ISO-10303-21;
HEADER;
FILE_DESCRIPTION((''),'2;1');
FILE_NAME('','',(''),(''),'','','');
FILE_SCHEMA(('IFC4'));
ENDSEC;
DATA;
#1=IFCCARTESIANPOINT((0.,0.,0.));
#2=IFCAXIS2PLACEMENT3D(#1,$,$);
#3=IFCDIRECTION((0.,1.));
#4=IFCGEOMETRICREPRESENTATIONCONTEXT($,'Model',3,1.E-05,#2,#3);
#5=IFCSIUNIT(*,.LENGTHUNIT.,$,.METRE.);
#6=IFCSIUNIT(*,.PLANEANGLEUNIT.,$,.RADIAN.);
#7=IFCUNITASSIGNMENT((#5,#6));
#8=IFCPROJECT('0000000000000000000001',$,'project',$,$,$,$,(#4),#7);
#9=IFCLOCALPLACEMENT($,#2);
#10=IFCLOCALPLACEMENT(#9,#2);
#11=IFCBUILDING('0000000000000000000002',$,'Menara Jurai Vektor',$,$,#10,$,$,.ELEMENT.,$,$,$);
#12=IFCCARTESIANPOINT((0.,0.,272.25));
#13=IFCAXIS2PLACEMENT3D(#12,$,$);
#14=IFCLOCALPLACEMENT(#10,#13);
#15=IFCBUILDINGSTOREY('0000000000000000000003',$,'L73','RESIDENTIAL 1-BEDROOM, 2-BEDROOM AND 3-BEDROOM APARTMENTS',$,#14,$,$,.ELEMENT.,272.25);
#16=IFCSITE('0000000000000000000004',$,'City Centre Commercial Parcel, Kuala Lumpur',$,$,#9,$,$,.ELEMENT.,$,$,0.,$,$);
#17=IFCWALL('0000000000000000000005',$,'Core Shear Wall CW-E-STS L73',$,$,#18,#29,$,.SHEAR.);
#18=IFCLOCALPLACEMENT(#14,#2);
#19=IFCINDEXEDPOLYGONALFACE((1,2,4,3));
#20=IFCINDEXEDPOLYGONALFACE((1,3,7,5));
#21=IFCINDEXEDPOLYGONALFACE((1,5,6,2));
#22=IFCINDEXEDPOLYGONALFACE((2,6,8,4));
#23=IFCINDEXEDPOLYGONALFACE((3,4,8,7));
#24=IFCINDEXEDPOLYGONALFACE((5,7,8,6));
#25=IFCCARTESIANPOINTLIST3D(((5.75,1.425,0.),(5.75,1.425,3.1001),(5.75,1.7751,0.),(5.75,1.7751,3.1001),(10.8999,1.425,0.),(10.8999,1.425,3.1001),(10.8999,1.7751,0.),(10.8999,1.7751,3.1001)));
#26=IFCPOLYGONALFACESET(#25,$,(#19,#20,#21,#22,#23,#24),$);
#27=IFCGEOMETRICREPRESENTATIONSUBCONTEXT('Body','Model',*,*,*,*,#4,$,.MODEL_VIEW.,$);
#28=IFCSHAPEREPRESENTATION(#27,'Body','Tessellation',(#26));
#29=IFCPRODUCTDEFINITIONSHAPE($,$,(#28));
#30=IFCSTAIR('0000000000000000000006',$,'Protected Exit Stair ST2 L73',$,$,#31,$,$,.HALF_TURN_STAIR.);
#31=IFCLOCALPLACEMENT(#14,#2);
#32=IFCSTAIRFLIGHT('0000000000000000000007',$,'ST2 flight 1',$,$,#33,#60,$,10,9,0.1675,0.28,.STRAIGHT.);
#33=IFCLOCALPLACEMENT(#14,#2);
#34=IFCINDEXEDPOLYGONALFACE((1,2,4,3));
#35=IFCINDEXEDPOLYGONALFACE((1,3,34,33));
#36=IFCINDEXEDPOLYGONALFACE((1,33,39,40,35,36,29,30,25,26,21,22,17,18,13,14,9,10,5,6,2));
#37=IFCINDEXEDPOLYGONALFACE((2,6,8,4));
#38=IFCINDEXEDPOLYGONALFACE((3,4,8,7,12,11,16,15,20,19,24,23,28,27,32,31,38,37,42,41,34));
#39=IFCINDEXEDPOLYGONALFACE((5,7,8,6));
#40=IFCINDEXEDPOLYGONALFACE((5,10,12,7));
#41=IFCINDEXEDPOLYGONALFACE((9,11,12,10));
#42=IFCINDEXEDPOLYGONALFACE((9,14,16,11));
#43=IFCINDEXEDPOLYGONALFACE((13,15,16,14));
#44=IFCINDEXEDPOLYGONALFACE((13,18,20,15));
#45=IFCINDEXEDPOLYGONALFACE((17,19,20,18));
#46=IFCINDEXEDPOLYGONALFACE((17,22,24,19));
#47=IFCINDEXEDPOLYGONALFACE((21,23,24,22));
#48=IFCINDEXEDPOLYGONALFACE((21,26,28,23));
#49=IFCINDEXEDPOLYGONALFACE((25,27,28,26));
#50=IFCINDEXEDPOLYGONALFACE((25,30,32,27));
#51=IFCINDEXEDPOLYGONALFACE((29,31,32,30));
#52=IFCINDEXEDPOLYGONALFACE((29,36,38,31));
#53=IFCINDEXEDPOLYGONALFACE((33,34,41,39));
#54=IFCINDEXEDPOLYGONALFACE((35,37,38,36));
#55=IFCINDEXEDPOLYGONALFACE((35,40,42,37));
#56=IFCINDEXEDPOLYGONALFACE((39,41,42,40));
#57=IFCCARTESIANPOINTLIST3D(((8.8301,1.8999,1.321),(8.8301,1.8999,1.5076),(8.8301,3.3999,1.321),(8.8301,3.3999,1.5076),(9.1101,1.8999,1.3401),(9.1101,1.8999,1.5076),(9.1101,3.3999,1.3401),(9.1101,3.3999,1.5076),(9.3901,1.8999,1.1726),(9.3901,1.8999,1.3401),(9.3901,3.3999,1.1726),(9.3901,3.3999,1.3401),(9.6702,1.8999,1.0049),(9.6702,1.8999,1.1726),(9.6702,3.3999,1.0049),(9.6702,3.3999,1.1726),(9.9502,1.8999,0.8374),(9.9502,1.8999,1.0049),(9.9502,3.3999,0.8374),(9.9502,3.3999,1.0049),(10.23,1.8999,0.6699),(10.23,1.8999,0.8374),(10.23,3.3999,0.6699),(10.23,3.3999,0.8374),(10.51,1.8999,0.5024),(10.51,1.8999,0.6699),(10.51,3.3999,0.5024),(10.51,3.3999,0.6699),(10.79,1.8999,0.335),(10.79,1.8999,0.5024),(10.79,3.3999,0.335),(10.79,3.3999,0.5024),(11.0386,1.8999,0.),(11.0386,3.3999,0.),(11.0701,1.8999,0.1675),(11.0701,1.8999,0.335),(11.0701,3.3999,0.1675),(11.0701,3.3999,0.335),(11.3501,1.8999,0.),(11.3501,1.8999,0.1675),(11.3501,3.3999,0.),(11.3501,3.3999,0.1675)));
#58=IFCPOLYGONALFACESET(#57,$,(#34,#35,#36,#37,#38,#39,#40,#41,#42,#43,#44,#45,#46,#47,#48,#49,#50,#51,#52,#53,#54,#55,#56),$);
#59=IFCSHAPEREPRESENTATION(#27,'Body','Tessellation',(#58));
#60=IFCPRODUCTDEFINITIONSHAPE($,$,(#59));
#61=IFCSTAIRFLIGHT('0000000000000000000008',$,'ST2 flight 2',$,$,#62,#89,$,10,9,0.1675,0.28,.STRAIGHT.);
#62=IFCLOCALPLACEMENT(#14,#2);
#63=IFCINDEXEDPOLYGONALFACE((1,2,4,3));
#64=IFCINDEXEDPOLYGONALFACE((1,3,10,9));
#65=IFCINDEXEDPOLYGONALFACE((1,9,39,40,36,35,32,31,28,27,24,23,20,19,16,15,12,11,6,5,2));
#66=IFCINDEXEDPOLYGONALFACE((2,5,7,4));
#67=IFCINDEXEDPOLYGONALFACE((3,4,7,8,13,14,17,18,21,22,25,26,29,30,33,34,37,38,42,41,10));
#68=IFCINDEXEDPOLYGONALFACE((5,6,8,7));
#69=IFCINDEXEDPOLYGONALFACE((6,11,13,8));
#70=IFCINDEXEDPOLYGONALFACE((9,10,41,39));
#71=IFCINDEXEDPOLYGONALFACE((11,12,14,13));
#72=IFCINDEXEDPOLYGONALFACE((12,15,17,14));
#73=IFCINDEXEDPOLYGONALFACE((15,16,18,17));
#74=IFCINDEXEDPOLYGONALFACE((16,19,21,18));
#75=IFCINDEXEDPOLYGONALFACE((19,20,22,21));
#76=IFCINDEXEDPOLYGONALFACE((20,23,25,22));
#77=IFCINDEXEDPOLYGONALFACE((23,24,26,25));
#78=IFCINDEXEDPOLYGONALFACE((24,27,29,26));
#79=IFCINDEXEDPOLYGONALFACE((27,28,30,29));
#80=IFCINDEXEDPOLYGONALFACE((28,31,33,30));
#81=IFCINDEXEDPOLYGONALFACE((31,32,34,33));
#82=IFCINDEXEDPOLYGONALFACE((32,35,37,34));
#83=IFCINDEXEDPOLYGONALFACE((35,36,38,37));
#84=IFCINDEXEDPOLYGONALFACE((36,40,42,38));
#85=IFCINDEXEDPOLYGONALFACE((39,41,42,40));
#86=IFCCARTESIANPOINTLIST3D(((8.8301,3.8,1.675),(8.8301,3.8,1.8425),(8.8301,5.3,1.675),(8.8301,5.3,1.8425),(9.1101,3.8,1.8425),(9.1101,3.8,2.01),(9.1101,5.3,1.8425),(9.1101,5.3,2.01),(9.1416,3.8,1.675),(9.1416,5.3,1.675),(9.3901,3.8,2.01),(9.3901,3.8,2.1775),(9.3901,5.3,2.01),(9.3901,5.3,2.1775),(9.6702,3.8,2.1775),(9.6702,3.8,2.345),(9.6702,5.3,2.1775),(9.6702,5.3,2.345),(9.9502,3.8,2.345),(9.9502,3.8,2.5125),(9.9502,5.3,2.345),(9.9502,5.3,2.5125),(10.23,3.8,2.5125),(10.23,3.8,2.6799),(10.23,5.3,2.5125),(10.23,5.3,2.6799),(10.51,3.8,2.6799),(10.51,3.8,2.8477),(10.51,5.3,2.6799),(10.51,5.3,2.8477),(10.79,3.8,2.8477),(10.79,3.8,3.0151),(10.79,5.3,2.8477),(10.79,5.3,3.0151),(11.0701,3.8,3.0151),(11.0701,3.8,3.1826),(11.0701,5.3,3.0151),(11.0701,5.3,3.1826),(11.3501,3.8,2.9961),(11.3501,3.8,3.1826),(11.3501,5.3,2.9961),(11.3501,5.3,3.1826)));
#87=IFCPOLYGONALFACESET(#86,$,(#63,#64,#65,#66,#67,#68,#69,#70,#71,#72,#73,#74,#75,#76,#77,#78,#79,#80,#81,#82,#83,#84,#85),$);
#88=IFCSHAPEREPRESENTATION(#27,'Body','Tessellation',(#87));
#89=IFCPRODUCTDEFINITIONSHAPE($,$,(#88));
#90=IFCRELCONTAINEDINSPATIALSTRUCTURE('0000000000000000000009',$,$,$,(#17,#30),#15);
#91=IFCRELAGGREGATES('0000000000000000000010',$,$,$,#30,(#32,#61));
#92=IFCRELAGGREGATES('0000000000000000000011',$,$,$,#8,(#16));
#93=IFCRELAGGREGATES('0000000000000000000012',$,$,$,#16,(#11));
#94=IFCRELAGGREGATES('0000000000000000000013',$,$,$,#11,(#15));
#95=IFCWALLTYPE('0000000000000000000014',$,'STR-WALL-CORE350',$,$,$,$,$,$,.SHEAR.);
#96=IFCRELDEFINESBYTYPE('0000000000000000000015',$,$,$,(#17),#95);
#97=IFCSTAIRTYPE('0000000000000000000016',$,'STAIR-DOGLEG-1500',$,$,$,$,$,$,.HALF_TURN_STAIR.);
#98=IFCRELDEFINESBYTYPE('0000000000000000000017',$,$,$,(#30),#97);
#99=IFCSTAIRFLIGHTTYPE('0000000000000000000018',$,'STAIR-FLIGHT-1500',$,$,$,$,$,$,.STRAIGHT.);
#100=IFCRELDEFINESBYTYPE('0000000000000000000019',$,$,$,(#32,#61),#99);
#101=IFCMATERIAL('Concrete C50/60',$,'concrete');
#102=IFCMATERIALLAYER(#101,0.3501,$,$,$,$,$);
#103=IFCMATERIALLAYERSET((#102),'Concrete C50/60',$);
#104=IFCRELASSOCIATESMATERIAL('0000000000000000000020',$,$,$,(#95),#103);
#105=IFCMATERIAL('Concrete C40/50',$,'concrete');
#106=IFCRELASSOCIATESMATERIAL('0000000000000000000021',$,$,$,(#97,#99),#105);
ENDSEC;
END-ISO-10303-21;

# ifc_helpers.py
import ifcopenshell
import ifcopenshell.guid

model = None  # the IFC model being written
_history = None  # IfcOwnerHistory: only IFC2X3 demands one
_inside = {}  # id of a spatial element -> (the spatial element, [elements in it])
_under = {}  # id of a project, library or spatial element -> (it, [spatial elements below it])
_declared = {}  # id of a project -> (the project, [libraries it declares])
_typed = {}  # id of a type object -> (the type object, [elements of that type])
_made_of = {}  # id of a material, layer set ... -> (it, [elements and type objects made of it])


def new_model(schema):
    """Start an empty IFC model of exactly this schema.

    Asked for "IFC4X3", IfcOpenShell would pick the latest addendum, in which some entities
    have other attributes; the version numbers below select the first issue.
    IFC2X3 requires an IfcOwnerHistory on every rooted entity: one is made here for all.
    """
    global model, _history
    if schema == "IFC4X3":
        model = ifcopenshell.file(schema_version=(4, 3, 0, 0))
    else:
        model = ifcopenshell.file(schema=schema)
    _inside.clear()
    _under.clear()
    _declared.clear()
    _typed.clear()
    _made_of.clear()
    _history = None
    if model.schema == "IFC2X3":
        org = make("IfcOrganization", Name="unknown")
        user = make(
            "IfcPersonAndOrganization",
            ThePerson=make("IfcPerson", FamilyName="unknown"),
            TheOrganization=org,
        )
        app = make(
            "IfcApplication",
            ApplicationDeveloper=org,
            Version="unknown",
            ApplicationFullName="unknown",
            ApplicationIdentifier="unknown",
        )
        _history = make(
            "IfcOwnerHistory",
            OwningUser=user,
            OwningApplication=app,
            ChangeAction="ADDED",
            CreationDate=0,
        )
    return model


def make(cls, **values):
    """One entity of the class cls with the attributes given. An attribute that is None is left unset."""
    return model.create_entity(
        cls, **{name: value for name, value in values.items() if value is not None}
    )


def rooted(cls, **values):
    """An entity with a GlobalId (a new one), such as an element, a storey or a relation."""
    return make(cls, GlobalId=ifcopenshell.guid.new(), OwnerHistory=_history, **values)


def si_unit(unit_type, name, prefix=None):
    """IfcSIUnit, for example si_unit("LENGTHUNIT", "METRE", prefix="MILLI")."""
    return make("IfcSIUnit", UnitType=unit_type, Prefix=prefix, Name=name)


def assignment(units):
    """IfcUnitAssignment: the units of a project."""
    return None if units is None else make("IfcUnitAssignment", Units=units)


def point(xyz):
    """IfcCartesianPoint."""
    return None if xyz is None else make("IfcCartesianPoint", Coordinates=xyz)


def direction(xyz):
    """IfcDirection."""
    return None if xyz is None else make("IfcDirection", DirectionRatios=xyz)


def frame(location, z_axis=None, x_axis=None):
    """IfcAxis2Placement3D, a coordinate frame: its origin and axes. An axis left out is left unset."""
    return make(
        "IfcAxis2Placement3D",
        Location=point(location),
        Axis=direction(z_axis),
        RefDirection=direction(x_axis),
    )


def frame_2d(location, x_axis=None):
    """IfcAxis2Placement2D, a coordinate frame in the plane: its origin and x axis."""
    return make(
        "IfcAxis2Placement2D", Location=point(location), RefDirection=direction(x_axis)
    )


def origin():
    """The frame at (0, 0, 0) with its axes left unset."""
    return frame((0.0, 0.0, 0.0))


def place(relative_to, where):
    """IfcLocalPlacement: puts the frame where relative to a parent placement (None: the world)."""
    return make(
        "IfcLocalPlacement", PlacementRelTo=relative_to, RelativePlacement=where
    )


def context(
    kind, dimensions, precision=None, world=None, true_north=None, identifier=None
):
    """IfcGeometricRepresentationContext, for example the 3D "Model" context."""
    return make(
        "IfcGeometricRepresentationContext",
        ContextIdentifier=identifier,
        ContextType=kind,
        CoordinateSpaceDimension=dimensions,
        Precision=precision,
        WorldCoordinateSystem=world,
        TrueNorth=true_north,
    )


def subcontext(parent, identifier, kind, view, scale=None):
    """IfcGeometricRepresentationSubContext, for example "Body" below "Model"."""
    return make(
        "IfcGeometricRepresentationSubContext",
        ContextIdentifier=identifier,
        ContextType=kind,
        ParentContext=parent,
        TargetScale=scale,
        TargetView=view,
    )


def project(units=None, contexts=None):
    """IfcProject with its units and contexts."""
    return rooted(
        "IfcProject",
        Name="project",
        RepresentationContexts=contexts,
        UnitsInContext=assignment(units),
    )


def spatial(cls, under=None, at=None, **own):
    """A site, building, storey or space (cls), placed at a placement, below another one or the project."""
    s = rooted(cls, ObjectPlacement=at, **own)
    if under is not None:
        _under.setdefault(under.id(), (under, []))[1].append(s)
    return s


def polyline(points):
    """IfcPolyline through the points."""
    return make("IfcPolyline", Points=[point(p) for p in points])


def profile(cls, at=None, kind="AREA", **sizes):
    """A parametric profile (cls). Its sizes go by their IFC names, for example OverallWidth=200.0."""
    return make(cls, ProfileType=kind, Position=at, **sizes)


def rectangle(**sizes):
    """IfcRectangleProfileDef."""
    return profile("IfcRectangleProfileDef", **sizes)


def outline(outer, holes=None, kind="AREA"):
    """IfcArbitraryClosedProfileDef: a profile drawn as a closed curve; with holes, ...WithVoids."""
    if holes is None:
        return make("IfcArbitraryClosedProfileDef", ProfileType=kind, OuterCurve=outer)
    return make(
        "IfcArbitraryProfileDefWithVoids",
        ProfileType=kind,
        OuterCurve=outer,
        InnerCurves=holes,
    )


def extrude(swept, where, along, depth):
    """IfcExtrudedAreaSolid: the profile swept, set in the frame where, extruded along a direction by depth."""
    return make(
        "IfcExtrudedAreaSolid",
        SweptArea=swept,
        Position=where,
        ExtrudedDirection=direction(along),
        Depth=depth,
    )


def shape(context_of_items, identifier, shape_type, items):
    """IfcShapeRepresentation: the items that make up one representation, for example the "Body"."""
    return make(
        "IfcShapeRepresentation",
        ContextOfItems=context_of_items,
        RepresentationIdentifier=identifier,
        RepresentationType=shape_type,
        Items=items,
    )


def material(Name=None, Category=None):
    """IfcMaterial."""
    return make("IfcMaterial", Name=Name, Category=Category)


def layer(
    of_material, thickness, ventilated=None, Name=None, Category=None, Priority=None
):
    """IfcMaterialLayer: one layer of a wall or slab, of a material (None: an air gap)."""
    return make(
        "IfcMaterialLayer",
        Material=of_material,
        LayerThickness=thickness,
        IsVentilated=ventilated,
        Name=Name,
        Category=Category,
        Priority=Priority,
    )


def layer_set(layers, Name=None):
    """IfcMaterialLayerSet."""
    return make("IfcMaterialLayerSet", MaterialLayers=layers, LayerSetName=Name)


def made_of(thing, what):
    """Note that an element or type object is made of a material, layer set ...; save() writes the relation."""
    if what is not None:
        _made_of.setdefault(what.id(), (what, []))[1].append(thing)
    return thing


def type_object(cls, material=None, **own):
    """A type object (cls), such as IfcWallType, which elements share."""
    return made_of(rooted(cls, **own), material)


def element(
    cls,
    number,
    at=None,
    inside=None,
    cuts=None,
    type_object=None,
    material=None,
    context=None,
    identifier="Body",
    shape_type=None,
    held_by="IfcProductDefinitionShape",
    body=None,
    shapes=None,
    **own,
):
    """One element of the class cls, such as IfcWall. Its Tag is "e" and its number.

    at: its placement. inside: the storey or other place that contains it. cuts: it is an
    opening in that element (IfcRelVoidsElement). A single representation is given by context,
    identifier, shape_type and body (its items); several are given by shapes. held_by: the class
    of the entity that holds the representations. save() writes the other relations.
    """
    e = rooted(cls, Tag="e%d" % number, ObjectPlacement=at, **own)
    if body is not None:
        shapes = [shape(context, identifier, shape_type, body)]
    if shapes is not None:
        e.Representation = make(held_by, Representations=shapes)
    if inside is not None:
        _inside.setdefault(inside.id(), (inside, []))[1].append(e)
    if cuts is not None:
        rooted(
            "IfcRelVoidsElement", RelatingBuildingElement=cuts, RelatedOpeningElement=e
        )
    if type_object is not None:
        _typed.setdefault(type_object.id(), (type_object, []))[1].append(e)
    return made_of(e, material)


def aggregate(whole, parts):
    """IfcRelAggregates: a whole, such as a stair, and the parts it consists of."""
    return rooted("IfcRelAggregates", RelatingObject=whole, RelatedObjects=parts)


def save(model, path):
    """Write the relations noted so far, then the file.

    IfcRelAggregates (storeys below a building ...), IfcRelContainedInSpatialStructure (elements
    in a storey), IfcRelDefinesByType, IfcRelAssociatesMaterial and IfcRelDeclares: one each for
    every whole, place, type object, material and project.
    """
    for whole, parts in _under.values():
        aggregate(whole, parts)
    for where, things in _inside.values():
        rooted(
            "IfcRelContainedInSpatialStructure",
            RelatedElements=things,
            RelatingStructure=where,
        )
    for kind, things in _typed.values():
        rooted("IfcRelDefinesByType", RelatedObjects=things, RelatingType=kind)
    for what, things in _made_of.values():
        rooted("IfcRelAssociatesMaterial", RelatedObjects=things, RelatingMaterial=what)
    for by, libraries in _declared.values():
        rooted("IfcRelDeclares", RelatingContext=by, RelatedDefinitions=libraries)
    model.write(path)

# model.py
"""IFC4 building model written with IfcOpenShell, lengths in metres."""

from ifc_helpers import new_model, si_unit, direction, frame, frame_2d, origin, place, context, subcontext, project, spatial, polyline, rectangle, outline, extrude, material, layer, layer_set, type_object, element, aggregate, save


model = new_model("IFC4")

# Units and contexts
model_context = context("Model", 3, precision=1e-05, world=origin(), true_north=direction((0.0, 1.0)))
body_context = subcontext(model_context, "Body", "Model", "MODEL_VIEW")
ifc_project = project(units=[si_unit("LENGTHUNIT", "METRE"), si_unit("PLANEANGLEUNIT", "RADIAN")], contexts=[model_context])

# Site, building, storey
site_placement = place(None, origin())
site = spatial("IfcSite", under=ifc_project, at=site_placement, Name="City Centre Commercial Parcel, Kuala Lumpur", CompositionType="ELEMENT", RefElevation=0.0)
building_placement = place(site_placement, origin())
building = spatial("IfcBuilding", under=site, at=building_placement, Name="Menara Jurai Vektor", CompositionType="ELEMENT")
storey_placement = place(building_placement, frame((0.0, 0.0, 272.25)))
storey = spatial("IfcBuildingStorey", under=building, at=storey_placement, Name="L73", Description="RESIDENTIAL 1-BEDROOM, 2-BEDROOM AND 3-BEDROOM APARTMENTS", CompositionType="ELEMENT", Elevation=272.25)

# Shared definitions
ifc_material_1 = material(Name="Concrete C50/60", Category="concrete")

# Shared definitions
ifc_material_2 = material(Name="Concrete C40/50", Category="concrete")

# Wall
ifc_layer_1 = layer(ifc_material_1, 0.3501)
ifc_layer_set_1 = layer_set([ifc_layer_1], Name="Concrete C50/60")
wall_type_1 = type_object("IfcWallType", Name="STR-WALL-CORE350", PredefinedType="SHEAR", material=ifc_layer_set_1)
wall_1_placement = place(storey_placement, frame((5.75, 1.6001, 0.0), z_axis=(0.0, 0.0, 1.0), x_axis=(1.0, 0.0, 0.0)))
element("IfcWall", 1, at=wall_1_placement, inside=storey, type_object=wall_type_1, Name="Core Shear Wall CW-E-STS L73", PredefinedType="SHEAR", context=body_context, shape_type="SweptSolid", body=[
    extrude(rectangle(XDim=5.1499, YDim=0.3501, at=frame_2d((2.575, 0.0))), origin(), (0.0, 0.0, 1.0), 3.1001),
])

# Stair, stair flights
stair_type = type_object("IfcStairType", Name="STAIR-DOGLEG-1500", PredefinedType="HALF_TURN_STAIR", material=ifc_material_2)
stair_placement = place(storey_placement, origin())
stair = element("IfcStair", 2, at=stair_placement, inside=storey, type_object=stair_type, Name="Protected Exit Stair ST2 L73", PredefinedType="HALF_TURN_STAIR")
stair_flight_type = type_object("IfcStairFlightType", Name="STAIR-FLIGHT-1500", PredefinedType="STRAIGHT", material=ifc_material_2)
stair_flight_1_placement = place(storey_placement, frame((11.3501, 2.6499, 0.0), z_axis=(0.0, 0.0, 1.0), x_axis=(-1.0, 0.0, 0.0)))
stair_flight_1 = element("IfcStairFlight", 3, at=stair_flight_1_placement, type_object=stair_flight_type, Name="ST2 flight 1", NumberOfRisers=10, NumberOfTreads=9, PredefinedType="STRAIGHT", RiserHeight=0.1675, TreadLength=0.28, context=body_context, shape_type="SweptSolid", body=[
    extrude(outline(polyline([(0.0, 0.0), (0.0, 0.1675), (0.28, 0.1675), (0.28, 0.335), (0.5601, 0.335), (0.5601, 0.5024), (0.8401, 0.5024), (0.8401, 0.6699), (1.1201, 0.6699), (1.1201, 0.8374), (1.3999, 0.8374), (1.3999, 1.0049), (1.6799, 1.0049), (1.6799, 1.1726), (1.96, 1.1726), (1.96, 1.3401), (2.24, 1.3401), (2.24, 1.5076), (2.52, 1.5076), (2.52, 1.675), (2.52, 1.321), (0.3115, 0.0), (0.0, 0.0)])), frame((0.0, 0.75, 0.0), z_axis=(0.0, -1.0, 0.0), x_axis=(1.0, 0.0, 0.0)), (0.0, 0.0, 1.0), 1.5),
])
stair_flight_2_placement = place(storey_placement, frame((8.8301, 4.55, 1.675), z_axis=(0.0, 0.0, 1.0), x_axis=(1.0, 0.0, 0.0)))
stair_flight_2 = element("IfcStairFlight", 4, at=stair_flight_2_placement, type_object=stair_flight_type, Name="ST2 flight 2", NumberOfRisers=10, NumberOfTreads=9, PredefinedType="STRAIGHT", RiserHeight=0.1675, TreadLength=0.28, context=body_context, shape_type="SweptSolid", body=[
    extrude(outline(polyline([(0.0, 0.0), (0.0, 0.1675), (0.28, 0.1675), (0.28, 0.335), (0.5601, 0.335), (0.5601, 0.5024), (0.8401, 0.5024), (0.8401, 0.6699), (1.1201, 0.6699), (1.1201, 0.8374), (1.3999, 0.8374), (1.3999, 1.0049), (1.6799, 1.0049), (1.6799, 1.1726), (1.96, 1.1726), (1.96, 1.3401), (2.24, 1.3401), (2.24, 1.5076), (2.52, 1.5076), (2.52, 1.675), (2.52, 1.321), (0.3115, 0.0), (0.0, 0.0)])), frame((0.0, 0.75, 0.0), z_axis=(0.0, -1.0, 0.0), x_axis=(1.0, 0.0, 0.0)), (0.0, 0.0, 1.0), 1.5),
])
aggregate(stair, [stair_flight_1, stair_flight_2])

save(model, "model.ifc")
